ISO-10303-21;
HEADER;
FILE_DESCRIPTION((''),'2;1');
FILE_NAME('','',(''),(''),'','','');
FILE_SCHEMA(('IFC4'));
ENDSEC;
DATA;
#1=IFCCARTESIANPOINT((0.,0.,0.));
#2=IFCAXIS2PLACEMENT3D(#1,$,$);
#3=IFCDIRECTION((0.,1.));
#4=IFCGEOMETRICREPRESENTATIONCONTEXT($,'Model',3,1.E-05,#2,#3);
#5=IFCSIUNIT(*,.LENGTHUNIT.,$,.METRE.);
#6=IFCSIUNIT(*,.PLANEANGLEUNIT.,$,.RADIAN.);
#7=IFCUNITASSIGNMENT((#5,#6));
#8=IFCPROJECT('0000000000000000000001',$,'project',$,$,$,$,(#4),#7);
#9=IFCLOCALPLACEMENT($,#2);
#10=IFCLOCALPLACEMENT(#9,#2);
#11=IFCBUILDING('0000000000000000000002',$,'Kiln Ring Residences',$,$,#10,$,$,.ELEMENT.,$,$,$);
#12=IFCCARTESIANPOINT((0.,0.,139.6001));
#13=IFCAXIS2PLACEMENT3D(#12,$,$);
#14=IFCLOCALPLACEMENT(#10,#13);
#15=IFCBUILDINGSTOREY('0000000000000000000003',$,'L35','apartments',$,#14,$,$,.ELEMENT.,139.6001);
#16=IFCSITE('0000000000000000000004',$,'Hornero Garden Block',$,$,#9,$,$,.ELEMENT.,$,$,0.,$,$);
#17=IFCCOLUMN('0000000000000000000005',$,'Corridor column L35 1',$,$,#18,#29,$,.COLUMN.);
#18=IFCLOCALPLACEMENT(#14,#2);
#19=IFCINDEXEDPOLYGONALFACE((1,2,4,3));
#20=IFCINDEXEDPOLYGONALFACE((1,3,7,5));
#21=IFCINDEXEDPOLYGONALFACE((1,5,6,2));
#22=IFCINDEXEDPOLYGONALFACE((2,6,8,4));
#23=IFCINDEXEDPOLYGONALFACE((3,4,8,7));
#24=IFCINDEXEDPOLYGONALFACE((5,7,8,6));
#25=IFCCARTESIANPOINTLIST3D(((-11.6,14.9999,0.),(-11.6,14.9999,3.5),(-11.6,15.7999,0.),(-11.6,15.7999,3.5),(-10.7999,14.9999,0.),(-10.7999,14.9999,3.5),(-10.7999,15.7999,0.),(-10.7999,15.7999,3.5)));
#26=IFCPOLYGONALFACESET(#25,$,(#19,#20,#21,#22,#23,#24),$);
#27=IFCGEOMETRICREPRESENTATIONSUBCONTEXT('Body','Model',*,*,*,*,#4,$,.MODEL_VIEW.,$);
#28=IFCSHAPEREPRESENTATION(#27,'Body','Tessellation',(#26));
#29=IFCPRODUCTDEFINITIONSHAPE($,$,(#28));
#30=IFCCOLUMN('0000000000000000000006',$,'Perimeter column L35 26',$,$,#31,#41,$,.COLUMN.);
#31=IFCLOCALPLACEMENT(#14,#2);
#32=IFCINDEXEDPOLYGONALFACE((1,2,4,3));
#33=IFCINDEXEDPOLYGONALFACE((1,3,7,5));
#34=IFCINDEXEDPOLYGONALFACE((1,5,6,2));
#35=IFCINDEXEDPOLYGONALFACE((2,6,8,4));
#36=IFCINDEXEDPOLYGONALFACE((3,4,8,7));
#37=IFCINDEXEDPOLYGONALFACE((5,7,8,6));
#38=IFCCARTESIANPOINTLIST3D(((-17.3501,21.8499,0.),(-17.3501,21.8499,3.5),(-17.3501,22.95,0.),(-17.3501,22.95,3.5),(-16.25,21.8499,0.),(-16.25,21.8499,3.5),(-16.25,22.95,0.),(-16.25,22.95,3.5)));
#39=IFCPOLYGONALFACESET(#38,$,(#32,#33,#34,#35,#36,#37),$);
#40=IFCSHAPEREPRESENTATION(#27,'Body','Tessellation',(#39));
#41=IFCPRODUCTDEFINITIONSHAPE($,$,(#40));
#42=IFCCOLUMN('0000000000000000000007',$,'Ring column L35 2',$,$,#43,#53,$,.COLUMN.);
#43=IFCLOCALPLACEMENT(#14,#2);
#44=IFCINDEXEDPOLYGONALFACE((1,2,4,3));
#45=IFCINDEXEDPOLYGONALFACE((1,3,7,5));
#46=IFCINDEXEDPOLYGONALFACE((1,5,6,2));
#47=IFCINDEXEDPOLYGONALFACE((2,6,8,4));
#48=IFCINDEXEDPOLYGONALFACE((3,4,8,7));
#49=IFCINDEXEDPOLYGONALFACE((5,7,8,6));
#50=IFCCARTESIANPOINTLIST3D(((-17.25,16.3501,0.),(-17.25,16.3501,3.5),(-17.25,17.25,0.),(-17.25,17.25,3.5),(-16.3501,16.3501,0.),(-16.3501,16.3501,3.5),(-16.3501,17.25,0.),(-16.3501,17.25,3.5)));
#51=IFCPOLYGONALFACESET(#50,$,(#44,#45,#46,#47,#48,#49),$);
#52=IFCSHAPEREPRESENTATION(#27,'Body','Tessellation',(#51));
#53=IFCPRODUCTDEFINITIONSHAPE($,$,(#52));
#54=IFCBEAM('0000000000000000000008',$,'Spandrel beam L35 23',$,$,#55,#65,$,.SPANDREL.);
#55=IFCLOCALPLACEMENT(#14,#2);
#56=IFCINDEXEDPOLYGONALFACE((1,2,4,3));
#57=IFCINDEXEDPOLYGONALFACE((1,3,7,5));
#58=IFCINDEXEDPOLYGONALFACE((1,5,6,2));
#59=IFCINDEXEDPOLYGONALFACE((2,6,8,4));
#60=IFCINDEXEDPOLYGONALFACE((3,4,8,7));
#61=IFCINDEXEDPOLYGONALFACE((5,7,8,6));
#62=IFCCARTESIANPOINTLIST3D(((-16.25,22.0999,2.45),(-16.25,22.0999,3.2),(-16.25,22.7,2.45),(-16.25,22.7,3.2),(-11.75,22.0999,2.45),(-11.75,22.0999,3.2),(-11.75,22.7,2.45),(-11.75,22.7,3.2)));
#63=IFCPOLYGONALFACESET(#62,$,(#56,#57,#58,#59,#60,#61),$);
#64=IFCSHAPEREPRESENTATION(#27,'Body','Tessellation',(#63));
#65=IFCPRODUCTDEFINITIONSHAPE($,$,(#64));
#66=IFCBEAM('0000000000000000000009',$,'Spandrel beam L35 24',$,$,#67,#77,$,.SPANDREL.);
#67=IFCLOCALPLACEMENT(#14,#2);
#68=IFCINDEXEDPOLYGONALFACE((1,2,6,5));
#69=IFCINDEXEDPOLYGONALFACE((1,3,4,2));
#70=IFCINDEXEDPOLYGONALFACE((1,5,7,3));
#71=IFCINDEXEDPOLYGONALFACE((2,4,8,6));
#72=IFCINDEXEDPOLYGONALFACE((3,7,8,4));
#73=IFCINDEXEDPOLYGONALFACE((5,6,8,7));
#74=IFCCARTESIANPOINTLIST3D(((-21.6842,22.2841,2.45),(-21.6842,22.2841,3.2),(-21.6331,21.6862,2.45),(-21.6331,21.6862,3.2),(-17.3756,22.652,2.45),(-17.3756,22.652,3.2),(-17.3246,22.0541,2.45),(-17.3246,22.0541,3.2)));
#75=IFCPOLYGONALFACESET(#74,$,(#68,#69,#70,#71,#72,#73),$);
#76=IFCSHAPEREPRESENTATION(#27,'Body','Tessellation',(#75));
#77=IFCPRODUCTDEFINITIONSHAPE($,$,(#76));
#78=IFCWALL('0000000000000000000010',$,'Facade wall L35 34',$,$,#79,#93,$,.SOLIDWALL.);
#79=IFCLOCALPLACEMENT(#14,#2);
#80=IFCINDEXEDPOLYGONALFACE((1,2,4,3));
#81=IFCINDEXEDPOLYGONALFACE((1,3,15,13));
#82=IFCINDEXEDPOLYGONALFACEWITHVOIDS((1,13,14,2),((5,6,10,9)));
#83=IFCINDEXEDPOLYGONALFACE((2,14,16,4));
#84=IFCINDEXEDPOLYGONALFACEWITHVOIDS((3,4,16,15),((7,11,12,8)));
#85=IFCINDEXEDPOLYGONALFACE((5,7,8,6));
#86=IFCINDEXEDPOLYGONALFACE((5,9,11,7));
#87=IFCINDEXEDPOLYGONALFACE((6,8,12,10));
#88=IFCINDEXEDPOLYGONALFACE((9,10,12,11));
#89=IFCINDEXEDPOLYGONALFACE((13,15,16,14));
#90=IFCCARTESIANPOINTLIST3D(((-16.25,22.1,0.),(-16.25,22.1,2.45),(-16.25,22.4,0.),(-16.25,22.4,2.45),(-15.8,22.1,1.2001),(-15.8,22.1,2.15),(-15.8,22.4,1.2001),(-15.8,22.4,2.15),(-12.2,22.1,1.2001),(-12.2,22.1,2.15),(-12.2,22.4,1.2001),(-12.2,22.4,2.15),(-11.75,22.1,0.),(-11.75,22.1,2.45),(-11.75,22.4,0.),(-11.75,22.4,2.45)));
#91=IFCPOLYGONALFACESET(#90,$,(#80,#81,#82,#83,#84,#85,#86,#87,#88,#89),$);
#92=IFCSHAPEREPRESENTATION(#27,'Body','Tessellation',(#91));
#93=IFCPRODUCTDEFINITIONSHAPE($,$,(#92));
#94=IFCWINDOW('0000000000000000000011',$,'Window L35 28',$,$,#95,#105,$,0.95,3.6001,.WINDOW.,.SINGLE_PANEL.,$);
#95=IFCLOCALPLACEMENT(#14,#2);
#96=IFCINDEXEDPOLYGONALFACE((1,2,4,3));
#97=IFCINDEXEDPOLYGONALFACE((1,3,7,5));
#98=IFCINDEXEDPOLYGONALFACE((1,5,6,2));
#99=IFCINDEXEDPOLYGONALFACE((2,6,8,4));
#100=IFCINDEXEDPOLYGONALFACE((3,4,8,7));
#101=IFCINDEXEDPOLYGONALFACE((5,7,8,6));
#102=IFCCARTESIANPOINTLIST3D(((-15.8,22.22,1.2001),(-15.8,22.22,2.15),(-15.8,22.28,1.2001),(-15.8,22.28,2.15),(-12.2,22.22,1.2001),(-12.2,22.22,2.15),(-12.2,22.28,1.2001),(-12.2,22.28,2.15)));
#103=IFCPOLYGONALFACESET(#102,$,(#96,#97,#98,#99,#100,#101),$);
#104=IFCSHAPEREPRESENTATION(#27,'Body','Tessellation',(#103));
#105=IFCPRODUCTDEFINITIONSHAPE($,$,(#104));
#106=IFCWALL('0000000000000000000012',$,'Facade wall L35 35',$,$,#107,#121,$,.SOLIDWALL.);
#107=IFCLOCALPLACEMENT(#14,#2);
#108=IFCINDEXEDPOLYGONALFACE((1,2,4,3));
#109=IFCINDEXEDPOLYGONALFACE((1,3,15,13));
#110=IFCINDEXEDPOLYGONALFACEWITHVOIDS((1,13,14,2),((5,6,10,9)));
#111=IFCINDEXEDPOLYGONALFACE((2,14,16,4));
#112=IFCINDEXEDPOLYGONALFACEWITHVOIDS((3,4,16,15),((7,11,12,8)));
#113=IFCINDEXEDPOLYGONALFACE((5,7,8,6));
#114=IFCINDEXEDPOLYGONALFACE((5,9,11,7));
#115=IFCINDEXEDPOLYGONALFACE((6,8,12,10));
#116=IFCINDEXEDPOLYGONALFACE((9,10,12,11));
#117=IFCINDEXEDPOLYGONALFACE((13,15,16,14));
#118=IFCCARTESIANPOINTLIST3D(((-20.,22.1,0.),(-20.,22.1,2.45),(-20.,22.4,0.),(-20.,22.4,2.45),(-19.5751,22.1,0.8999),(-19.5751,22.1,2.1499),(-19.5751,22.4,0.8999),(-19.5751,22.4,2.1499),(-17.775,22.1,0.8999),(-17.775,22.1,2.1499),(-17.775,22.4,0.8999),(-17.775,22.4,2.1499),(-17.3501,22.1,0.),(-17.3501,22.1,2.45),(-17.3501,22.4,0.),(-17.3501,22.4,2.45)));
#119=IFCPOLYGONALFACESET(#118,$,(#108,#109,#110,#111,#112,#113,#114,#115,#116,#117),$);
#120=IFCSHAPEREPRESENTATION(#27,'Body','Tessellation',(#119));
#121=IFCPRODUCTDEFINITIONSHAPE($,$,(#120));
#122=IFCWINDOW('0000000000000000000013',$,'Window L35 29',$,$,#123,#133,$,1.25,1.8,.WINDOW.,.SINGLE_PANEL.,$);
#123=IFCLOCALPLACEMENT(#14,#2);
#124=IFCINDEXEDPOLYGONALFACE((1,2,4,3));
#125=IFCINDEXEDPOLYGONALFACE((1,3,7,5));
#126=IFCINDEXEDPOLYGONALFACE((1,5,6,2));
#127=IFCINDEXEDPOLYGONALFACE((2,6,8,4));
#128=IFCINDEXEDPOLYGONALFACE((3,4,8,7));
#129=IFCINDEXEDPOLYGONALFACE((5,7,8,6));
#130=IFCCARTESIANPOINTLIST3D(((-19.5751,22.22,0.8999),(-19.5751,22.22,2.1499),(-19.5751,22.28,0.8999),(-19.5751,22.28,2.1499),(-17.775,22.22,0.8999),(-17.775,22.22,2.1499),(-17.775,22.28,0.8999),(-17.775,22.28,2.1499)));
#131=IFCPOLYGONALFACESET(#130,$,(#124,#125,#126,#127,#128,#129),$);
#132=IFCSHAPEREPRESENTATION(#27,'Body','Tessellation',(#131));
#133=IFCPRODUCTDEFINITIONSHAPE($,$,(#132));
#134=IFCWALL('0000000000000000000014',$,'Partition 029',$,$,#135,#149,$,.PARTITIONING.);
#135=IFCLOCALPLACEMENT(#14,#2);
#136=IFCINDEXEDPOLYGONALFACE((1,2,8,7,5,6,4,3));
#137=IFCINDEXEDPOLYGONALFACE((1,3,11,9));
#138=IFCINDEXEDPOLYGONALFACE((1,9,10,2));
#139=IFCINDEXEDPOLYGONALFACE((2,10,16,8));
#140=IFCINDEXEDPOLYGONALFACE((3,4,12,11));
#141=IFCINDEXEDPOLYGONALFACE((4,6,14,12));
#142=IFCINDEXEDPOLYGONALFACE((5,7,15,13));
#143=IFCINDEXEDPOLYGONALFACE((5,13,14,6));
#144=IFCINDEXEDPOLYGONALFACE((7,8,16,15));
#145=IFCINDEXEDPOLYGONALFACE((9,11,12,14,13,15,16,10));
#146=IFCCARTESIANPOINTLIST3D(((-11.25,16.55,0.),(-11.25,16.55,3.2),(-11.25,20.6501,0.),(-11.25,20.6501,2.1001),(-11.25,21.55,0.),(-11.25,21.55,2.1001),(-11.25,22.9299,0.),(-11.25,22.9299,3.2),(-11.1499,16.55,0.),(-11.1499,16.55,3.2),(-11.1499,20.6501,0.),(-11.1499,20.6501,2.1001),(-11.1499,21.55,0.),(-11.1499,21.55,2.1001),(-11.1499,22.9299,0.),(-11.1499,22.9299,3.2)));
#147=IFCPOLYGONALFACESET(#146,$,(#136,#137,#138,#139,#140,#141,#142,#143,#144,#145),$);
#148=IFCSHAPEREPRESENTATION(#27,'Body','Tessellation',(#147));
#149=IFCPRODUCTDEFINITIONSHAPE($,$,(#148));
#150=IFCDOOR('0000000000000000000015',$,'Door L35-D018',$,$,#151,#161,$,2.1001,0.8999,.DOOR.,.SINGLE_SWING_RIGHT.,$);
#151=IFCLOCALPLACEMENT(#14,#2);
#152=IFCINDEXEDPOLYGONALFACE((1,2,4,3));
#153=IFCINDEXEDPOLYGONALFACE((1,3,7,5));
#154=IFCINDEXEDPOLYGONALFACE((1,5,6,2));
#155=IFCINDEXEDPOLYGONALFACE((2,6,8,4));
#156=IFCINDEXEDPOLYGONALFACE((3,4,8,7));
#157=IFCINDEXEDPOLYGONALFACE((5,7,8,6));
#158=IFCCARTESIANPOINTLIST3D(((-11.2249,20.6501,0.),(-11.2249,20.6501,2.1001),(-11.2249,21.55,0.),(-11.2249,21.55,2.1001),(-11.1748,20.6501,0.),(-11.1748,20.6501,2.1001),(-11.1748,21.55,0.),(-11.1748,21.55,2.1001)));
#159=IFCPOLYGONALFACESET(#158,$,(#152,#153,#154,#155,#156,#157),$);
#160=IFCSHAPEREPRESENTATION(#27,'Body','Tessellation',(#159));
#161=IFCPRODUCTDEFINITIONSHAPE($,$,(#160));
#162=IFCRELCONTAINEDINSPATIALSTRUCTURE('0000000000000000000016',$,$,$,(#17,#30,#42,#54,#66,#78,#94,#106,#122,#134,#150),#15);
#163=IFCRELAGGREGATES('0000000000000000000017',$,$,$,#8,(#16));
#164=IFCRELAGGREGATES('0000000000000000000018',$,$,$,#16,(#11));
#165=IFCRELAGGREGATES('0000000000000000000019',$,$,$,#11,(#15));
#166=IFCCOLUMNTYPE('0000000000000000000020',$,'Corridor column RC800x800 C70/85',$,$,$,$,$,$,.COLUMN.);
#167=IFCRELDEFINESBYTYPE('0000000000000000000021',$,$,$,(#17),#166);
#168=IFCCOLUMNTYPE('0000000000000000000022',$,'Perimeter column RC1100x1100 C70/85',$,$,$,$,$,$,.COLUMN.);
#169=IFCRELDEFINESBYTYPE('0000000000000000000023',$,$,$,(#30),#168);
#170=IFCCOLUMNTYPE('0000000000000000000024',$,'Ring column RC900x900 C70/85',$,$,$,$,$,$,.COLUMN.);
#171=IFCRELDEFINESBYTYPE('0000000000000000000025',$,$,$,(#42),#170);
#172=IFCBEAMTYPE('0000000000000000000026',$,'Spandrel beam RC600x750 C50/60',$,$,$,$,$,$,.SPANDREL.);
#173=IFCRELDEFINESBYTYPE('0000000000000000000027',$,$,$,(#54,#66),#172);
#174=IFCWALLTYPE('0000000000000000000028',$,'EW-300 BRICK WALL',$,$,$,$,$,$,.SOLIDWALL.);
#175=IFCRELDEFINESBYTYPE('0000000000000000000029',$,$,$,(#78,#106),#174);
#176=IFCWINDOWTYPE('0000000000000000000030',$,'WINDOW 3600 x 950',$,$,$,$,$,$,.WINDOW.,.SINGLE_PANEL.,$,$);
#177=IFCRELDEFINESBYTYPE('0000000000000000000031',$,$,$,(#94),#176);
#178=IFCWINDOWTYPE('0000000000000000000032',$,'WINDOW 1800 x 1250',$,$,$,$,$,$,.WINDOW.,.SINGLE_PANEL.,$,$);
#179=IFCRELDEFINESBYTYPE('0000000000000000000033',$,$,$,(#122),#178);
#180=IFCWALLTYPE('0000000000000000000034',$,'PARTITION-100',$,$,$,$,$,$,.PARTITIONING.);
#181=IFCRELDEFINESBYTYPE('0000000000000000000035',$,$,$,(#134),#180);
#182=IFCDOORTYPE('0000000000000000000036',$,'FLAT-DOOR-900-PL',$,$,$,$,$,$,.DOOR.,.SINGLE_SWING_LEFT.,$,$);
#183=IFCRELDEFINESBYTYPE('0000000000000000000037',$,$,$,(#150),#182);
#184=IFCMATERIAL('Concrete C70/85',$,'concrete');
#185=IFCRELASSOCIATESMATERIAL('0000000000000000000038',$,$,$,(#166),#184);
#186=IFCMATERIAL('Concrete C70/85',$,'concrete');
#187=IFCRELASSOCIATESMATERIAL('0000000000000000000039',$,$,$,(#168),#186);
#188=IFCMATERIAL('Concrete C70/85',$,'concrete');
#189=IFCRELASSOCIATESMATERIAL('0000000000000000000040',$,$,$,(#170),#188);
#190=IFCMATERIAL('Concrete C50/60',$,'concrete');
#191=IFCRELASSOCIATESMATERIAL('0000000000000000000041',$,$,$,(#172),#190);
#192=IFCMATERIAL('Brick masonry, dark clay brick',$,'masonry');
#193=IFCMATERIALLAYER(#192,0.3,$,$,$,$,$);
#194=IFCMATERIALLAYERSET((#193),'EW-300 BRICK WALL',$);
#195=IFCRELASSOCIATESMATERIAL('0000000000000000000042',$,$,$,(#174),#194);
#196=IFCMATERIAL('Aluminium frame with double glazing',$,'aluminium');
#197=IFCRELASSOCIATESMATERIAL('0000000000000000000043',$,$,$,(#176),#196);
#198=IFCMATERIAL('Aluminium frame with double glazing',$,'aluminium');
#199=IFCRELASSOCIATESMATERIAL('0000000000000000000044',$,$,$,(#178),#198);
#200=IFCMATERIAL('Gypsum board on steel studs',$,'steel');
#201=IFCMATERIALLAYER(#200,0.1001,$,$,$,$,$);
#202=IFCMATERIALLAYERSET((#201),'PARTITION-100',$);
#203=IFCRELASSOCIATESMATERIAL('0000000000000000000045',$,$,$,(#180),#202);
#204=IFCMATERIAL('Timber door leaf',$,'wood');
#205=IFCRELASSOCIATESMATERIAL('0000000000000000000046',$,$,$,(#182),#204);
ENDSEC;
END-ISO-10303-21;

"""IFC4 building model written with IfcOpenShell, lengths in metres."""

from ifc_helpers import new_model, si_unit, direction, frame, frame_2d, origin, origin_2d, place, context, subcontext, project, spatial, rectangle, extrude, material, layer, layer_set, material_profile, profile_set, type_object, element, fill, save


model = new_model("IFC4")

# Units and contexts
model_context = context("Model", 3, precision=1e-05, world=origin(), true_north=direction((0.0, 1.0)))
body_context = subcontext(model_context, "Body", "Model", "MODEL_VIEW")
ifc_project = project(units=[si_unit("LENGTHUNIT", "METRE"), si_unit("PLANEANGLEUNIT", "RADIAN")], contexts=[model_context])

# Site, building, storey
site_placement = place(None, origin())
site = spatial("IfcSite", under=ifc_project, at=site_placement, Name="Hornero Garden Block", CompositionType="ELEMENT", RefElevation=0.0)
building_placement = place(site_placement, origin())
building = spatial("IfcBuilding", under=site, at=building_placement, Name="Kiln Ring Residences", CompositionType="ELEMENT")
storey_placement = place(building_placement, frame((0.0, 0.0, 139.6001)))
storey = spatial("IfcBuildingStorey", under=building, at=storey_placement, Name="L35", Description="apartments", CompositionType="ELEMENT", Elevation=139.6001)

# Columns
ifc_material_1 = material(Name="Concrete C70/85", Category="concrete")
ifc_material_profile_1 = material_profile(ifc_material_1, rectangle(XDim=0.8, YDim=0.8, at=origin_2d()), Name="RC800x800")
ifc_profile_set_1 = profile_set([ifc_material_profile_1], Name="Concrete C70/85")
column_type_1 = type_object("IfcColumnType", Name="Corridor column RC800x800 C70/85", PredefinedType="COLUMN", material=ifc_profile_set_1)
column_1_placement = place(storey_placement, frame((-11.2, 15.3999, 0.0), z_axis=(0.0, 0.0, 1.0), x_axis=(1.0, 0.0, 0.0)))
element("IfcColumn", 1, at=column_1_placement, inside=storey, type_object=column_type_1, Name="Corridor column L35 1", PredefinedType="COLUMN", context=body_context, shape_type="SweptSolid", body=[
    extrude(rectangle(XDim=0.8, YDim=0.8, at=origin_2d()), origin(), (0.0, 0.0, 1.0), 3.5),
])
ifc_material_2 = material(Name="Concrete C70/85", Category="concrete")
ifc_material_profile_2 = material_profile(ifc_material_2, rectangle(XDim=1.1001, YDim=1.1001, at=origin_2d()), Name="RC1100x1100")
ifc_profile_set_2 = profile_set([ifc_material_profile_2], Name="Concrete C70/85")
column_type_2 = type_object("IfcColumnType", Name="Perimeter column RC1100x1100 C70/85", PredefinedType="COLUMN", material=ifc_profile_set_2)
column_2_placement = place(storey_placement, frame((-16.8, 22.3999, 0.0), z_axis=(0.0, 0.0, 1.0), x_axis=(1.0, 0.0, 0.0)))
element("IfcColumn", 2, at=column_2_placement, inside=storey, type_object=column_type_2, Name="Perimeter column L35 26", PredefinedType="COLUMN", context=body_context, shape_type="SweptSolid", body=[
    extrude(rectangle(XDim=1.1001, YDim=1.1001, at=origin_2d()), origin(), (0.0, 0.0, 1.0), 3.5),
])
ifc_material_3 = material(Name="Concrete C70/85", Category="concrete")
ifc_material_profile_3 = material_profile(ifc_material_3, rectangle(XDim=0.8999, YDim=0.8999, at=origin_2d()), Name="RC900x900")
ifc_profile_set_3 = profile_set([ifc_material_profile_3], Name="Concrete C70/85")
column_type_3 = type_object("IfcColumnType", Name="Ring column RC900x900 C70/85", PredefinedType="COLUMN", material=ifc_profile_set_3)
column_3_placement = place(storey_placement, frame((-16.8, 16.8, 0.0), z_axis=(0.0, 0.0, 1.0), x_axis=(1.0, 0.0, 0.0)))
element("IfcColumn", 3, at=column_3_placement, inside=storey, type_object=column_type_3, Name="Ring column L35 2", PredefinedType="COLUMN", context=body_context, shape_type="SweptSolid", body=[
    extrude(rectangle(XDim=0.8999, YDim=0.8999, at=origin_2d()), origin(), (0.0, 0.0, 1.0), 3.5),
])

# Beams
ifc_material_4 = material(Name="Concrete C50/60", Category="concrete")
ifc_material_profile_4 = material_profile(ifc_material_4, rectangle(XDim=0.6001, YDim=0.75, at=origin_2d()), Name="RC600x750")
ifc_profile_set_4 = profile_set([ifc_material_profile_4], Name="Concrete C50/60")
beam_type = type_object("IfcBeamType", Name="Spandrel beam RC600x750 C50/60", PredefinedType="SPANDREL", material=ifc_profile_set_4)
beam_1_placement = place(storey_placement, frame((-11.75, 22.3999, 2.825), z_axis=(-1.0, 0.0, 0.0), x_axis=(0.0, -1.0, 0.0)))
element("IfcBeam", 4, at=beam_1_placement, inside=storey, type_object=beam_type, Name="Spandrel beam L35 23", PredefinedType="SPANDREL", context=body_context, shape_type="SweptSolid", body=[
    extrude(rectangle(XDim=0.6001, YDim=0.75, at=origin_2d()), origin(), (0.0, 0.0, 1.0), 4.5),
])
beam_2_placement = place(storey_placement, frame((-17.3501, 22.353, 2.825), z_axis=(-0.996374, -0.085082, 0.0), x_axis=(0.085082, -0.996374, 0.0)))
element("IfcBeam", 5, at=beam_2_placement, inside=storey, type_object=beam_type, Name="Spandrel beam L35 24", PredefinedType="SPANDREL", context=body_context, shape_type="SweptSolid", body=[
    extrude(rectangle(XDim=0.6001, YDim=0.75, at=origin_2d()), origin(), (0.0, 0.0, 1.0), 4.3242),
])

# Walls, openings, windows
ifc_material_5 = material(Name="Brick masonry, dark clay brick", Category="masonry")
ifc_layer_1 = layer(ifc_material_5, 0.3)
ifc_layer_set_1 = layer_set([ifc_layer_1], Name="EW-300 BRICK WALL")
wall_type_1 = type_object("IfcWallType", Name="EW-300 BRICK WALL", PredefinedType="SOLIDWALL", material=ifc_layer_set_1)
wall_1_placement = place(storey_placement, frame((-11.75, 22.25, 0.0), z_axis=(0.0, 0.0, 1.0), x_axis=(-1.0, 0.0, 0.0)))
wall_1 = element("IfcWall", 6, at=wall_1_placement, inside=storey, type_object=wall_type_1, Name="Facade wall L35 34", PredefinedType="SOLIDWALL", context=body_context, shape_type="SweptSolid", body=[
    extrude(rectangle(XDim=4.5, YDim=0.3, at=frame_2d((2.25, 0.0))), origin(), (0.0, 0.0, 1.0), 2.45),
])
opening_1_placement = place(wall_1_placement, frame((0.45, 0.0, 1.2)))
opening_1 = element("IfcOpeningElement", 7, at=opening_1_placement, cuts=wall_1, PredefinedType="OPENING", context=body_context, shape_type="SweptSolid", body=[
    extrude(rectangle(XDim=3.6001, YDim=0.95, at=frame_2d((1.8, 0.4751))), frame((0.0, 0.1599, 0.0), z_axis=(0.0, -1.0, 0.0), x_axis=(1.0, 0.0, 0.0)), (0.0, 0.0, 1.0), 0.3201),
])
ifc_material_6 = material(Name="Aluminium frame with double glazing", Category="aluminium")
window_type_1 = type_object("IfcWindowType", Name="WINDOW 3600 x 950", PartitioningType="SINGLE_PANEL", PredefinedType="WINDOW", material=ifc_material_6)
window_1_placement = place(opening_1_placement, origin())
window_1 = element("IfcWindow", 8, at=window_1_placement, inside=storey, type_object=window_type_1, Name="Window L35 28", OverallHeight=0.95, OverallWidth=3.6001, PartitioningType="SINGLE_PANEL", PredefinedType="WINDOW", context=body_context, shape_type="SweptSolid", body=[
    extrude(rectangle(XDim=3.6001, YDim=0.95, at=frame_2d((1.8, 0.4751))), frame((0.0, 0.03, 0.0), z_axis=(0.0, -1.0, 0.0), x_axis=(1.0, 0.0, 0.0)), (0.0, 0.0, 1.0), 0.0601),
])
fill(opening_1, window_1)
wall_2_placement = place(storey_placement, frame((-17.3501, 22.25, 0.0), z_axis=(0.0, 0.0, 1.0), x_axis=(-1.0, 0.0, 0.0)))
wall_2 = element("IfcWall", 9, at=wall_2_placement, inside=storey, type_object=wall_type_1, Name="Facade wall L35 35", PredefinedType="SOLIDWALL", context=body_context, shape_type="SweptSolid", body=[
    extrude(rectangle(XDim=2.6499, YDim=0.3, at=frame_2d((1.325, 0.0))), origin(), (0.0, 0.0, 1.0), 2.45),
])
opening_2_placement = place(wall_2_placement, frame((0.425, 0.0, 0.8999)))
opening_2 = element("IfcOpeningElement", 10, at=opening_2_placement, cuts=wall_2, PredefinedType="OPENING", context=body_context, shape_type="SweptSolid", body=[
    extrude(rectangle(XDim=1.8, YDim=1.25, at=frame_2d((0.8999, 0.625))), frame((0.0, 0.1599, 0.0), z_axis=(0.0, -1.0, 0.0), x_axis=(1.0, 0.0, 0.0)), (0.0, 0.0, 1.0), 0.3201),
])
ifc_material_7 = material(Name="Aluminium frame with double glazing", Category="aluminium")
window_type_2 = type_object("IfcWindowType", Name="WINDOW 1800 x 1250", PartitioningType="SINGLE_PANEL", PredefinedType="WINDOW", material=ifc_material_7)
window_2_placement = place(opening_2_placement, origin())
window_2 = element("IfcWindow", 11, at=window_2_placement, inside=storey, type_object=window_type_2, Name="Window L35 29", OverallHeight=1.25, OverallWidth=1.8, PartitioningType="SINGLE_PANEL", PredefinedType="WINDOW", context=body_context, shape_type="SweptSolid", body=[
    extrude(rectangle(XDim=1.8, YDim=1.25, at=frame_2d((0.8999, 0.625))), frame((0.0, 0.03, 0.0), z_axis=(0.0, -1.0, 0.0), x_axis=(1.0, 0.0, 0.0)), (0.0, 0.0, 1.0), 0.0601),
])
fill(opening_2, window_2)

# Shared definitions
ifc_material_8 = material(Name="Gypsum board on steel studs", Category="steel")
ifc_layer_2 = layer(ifc_material_8, 0.1001)
ifc_layer_set_2 = layer_set([ifc_layer_2], Name="PARTITION-100")
wall_type_2 = type_object("IfcWallType", Name="PARTITION-100", PredefinedType="PARTITIONING", material=ifc_layer_set_2)
ifc_material_9 = material(Name="Timber door leaf", Category="wood")
door_type_1 = type_object("IfcDoorType", Name="FLAT-DOOR-900-PL", OperationType="SINGLE_SWING_LEFT", PredefinedType="DOOR", material=ifc_material_9)

# Wall, opening, door
wall_3_placement = place(storey_placement, frame((-11.2, 16.55, 0.0), z_axis=(0.0, 0.0, 1.0), x_axis=(0.0, 1.0, 0.0)))
wall_3 = element("IfcWall", 12, at=wall_3_placement, inside=storey, type_object=wall_type_2, Name="Partition 029", PredefinedType="PARTITIONING", context=body_context, shape_type="SweptSolid", body=[
    extrude(rectangle(XDim=6.3799, YDim=0.1001, at=frame_2d((3.1899, 0.0))), origin(), (0.0, 0.0, 1.0), 3.2),
])
opening_3_placement = place(wall_3_placement, frame((4.1001, 0.0, 0.0)))
opening_3 = element("IfcOpeningElement", 13, at=opening_3_placement, cuts=wall_3, PredefinedType="OPENING", context=body_context, shape_type="SweptSolid", body=[
    extrude(rectangle(XDim=0.8999, YDim=2.1001, at=frame_2d((0.45, 1.05))), frame((0.0, 0.0601, 0.0), z_axis=(0.0, -1.0, 0.0), x_axis=(1.0, 0.0, 0.0)), (0.0, 0.0, 1.0), 0.1201),
])
door_1_placement = place(opening_3_placement, origin())
door_1 = element("IfcDoor", 14, at=door_1_placement, inside=storey, type_object=door_type_1, Name="Door L35-D018", OperationType="SINGLE_SWING_RIGHT", OverallHeight=2.1001, OverallWidth=0.8999, PredefinedType="DOOR", context=body_context, shape_type="SweptSolid", body=[
    extrude(rectangle(XDim=0.8999, YDim=2.1001, at=frame_2d((0.45, 1.05))), frame((0.0, 0.0249, 0.0), z_axis=(0.0, -1.0, 0.0), x_axis=(1.0, 0.0, 0.0)), (0.0, 0.0, 1.0), 0.05),
])
fill(opening_3, door_1)

save(model, "model.ifc")
